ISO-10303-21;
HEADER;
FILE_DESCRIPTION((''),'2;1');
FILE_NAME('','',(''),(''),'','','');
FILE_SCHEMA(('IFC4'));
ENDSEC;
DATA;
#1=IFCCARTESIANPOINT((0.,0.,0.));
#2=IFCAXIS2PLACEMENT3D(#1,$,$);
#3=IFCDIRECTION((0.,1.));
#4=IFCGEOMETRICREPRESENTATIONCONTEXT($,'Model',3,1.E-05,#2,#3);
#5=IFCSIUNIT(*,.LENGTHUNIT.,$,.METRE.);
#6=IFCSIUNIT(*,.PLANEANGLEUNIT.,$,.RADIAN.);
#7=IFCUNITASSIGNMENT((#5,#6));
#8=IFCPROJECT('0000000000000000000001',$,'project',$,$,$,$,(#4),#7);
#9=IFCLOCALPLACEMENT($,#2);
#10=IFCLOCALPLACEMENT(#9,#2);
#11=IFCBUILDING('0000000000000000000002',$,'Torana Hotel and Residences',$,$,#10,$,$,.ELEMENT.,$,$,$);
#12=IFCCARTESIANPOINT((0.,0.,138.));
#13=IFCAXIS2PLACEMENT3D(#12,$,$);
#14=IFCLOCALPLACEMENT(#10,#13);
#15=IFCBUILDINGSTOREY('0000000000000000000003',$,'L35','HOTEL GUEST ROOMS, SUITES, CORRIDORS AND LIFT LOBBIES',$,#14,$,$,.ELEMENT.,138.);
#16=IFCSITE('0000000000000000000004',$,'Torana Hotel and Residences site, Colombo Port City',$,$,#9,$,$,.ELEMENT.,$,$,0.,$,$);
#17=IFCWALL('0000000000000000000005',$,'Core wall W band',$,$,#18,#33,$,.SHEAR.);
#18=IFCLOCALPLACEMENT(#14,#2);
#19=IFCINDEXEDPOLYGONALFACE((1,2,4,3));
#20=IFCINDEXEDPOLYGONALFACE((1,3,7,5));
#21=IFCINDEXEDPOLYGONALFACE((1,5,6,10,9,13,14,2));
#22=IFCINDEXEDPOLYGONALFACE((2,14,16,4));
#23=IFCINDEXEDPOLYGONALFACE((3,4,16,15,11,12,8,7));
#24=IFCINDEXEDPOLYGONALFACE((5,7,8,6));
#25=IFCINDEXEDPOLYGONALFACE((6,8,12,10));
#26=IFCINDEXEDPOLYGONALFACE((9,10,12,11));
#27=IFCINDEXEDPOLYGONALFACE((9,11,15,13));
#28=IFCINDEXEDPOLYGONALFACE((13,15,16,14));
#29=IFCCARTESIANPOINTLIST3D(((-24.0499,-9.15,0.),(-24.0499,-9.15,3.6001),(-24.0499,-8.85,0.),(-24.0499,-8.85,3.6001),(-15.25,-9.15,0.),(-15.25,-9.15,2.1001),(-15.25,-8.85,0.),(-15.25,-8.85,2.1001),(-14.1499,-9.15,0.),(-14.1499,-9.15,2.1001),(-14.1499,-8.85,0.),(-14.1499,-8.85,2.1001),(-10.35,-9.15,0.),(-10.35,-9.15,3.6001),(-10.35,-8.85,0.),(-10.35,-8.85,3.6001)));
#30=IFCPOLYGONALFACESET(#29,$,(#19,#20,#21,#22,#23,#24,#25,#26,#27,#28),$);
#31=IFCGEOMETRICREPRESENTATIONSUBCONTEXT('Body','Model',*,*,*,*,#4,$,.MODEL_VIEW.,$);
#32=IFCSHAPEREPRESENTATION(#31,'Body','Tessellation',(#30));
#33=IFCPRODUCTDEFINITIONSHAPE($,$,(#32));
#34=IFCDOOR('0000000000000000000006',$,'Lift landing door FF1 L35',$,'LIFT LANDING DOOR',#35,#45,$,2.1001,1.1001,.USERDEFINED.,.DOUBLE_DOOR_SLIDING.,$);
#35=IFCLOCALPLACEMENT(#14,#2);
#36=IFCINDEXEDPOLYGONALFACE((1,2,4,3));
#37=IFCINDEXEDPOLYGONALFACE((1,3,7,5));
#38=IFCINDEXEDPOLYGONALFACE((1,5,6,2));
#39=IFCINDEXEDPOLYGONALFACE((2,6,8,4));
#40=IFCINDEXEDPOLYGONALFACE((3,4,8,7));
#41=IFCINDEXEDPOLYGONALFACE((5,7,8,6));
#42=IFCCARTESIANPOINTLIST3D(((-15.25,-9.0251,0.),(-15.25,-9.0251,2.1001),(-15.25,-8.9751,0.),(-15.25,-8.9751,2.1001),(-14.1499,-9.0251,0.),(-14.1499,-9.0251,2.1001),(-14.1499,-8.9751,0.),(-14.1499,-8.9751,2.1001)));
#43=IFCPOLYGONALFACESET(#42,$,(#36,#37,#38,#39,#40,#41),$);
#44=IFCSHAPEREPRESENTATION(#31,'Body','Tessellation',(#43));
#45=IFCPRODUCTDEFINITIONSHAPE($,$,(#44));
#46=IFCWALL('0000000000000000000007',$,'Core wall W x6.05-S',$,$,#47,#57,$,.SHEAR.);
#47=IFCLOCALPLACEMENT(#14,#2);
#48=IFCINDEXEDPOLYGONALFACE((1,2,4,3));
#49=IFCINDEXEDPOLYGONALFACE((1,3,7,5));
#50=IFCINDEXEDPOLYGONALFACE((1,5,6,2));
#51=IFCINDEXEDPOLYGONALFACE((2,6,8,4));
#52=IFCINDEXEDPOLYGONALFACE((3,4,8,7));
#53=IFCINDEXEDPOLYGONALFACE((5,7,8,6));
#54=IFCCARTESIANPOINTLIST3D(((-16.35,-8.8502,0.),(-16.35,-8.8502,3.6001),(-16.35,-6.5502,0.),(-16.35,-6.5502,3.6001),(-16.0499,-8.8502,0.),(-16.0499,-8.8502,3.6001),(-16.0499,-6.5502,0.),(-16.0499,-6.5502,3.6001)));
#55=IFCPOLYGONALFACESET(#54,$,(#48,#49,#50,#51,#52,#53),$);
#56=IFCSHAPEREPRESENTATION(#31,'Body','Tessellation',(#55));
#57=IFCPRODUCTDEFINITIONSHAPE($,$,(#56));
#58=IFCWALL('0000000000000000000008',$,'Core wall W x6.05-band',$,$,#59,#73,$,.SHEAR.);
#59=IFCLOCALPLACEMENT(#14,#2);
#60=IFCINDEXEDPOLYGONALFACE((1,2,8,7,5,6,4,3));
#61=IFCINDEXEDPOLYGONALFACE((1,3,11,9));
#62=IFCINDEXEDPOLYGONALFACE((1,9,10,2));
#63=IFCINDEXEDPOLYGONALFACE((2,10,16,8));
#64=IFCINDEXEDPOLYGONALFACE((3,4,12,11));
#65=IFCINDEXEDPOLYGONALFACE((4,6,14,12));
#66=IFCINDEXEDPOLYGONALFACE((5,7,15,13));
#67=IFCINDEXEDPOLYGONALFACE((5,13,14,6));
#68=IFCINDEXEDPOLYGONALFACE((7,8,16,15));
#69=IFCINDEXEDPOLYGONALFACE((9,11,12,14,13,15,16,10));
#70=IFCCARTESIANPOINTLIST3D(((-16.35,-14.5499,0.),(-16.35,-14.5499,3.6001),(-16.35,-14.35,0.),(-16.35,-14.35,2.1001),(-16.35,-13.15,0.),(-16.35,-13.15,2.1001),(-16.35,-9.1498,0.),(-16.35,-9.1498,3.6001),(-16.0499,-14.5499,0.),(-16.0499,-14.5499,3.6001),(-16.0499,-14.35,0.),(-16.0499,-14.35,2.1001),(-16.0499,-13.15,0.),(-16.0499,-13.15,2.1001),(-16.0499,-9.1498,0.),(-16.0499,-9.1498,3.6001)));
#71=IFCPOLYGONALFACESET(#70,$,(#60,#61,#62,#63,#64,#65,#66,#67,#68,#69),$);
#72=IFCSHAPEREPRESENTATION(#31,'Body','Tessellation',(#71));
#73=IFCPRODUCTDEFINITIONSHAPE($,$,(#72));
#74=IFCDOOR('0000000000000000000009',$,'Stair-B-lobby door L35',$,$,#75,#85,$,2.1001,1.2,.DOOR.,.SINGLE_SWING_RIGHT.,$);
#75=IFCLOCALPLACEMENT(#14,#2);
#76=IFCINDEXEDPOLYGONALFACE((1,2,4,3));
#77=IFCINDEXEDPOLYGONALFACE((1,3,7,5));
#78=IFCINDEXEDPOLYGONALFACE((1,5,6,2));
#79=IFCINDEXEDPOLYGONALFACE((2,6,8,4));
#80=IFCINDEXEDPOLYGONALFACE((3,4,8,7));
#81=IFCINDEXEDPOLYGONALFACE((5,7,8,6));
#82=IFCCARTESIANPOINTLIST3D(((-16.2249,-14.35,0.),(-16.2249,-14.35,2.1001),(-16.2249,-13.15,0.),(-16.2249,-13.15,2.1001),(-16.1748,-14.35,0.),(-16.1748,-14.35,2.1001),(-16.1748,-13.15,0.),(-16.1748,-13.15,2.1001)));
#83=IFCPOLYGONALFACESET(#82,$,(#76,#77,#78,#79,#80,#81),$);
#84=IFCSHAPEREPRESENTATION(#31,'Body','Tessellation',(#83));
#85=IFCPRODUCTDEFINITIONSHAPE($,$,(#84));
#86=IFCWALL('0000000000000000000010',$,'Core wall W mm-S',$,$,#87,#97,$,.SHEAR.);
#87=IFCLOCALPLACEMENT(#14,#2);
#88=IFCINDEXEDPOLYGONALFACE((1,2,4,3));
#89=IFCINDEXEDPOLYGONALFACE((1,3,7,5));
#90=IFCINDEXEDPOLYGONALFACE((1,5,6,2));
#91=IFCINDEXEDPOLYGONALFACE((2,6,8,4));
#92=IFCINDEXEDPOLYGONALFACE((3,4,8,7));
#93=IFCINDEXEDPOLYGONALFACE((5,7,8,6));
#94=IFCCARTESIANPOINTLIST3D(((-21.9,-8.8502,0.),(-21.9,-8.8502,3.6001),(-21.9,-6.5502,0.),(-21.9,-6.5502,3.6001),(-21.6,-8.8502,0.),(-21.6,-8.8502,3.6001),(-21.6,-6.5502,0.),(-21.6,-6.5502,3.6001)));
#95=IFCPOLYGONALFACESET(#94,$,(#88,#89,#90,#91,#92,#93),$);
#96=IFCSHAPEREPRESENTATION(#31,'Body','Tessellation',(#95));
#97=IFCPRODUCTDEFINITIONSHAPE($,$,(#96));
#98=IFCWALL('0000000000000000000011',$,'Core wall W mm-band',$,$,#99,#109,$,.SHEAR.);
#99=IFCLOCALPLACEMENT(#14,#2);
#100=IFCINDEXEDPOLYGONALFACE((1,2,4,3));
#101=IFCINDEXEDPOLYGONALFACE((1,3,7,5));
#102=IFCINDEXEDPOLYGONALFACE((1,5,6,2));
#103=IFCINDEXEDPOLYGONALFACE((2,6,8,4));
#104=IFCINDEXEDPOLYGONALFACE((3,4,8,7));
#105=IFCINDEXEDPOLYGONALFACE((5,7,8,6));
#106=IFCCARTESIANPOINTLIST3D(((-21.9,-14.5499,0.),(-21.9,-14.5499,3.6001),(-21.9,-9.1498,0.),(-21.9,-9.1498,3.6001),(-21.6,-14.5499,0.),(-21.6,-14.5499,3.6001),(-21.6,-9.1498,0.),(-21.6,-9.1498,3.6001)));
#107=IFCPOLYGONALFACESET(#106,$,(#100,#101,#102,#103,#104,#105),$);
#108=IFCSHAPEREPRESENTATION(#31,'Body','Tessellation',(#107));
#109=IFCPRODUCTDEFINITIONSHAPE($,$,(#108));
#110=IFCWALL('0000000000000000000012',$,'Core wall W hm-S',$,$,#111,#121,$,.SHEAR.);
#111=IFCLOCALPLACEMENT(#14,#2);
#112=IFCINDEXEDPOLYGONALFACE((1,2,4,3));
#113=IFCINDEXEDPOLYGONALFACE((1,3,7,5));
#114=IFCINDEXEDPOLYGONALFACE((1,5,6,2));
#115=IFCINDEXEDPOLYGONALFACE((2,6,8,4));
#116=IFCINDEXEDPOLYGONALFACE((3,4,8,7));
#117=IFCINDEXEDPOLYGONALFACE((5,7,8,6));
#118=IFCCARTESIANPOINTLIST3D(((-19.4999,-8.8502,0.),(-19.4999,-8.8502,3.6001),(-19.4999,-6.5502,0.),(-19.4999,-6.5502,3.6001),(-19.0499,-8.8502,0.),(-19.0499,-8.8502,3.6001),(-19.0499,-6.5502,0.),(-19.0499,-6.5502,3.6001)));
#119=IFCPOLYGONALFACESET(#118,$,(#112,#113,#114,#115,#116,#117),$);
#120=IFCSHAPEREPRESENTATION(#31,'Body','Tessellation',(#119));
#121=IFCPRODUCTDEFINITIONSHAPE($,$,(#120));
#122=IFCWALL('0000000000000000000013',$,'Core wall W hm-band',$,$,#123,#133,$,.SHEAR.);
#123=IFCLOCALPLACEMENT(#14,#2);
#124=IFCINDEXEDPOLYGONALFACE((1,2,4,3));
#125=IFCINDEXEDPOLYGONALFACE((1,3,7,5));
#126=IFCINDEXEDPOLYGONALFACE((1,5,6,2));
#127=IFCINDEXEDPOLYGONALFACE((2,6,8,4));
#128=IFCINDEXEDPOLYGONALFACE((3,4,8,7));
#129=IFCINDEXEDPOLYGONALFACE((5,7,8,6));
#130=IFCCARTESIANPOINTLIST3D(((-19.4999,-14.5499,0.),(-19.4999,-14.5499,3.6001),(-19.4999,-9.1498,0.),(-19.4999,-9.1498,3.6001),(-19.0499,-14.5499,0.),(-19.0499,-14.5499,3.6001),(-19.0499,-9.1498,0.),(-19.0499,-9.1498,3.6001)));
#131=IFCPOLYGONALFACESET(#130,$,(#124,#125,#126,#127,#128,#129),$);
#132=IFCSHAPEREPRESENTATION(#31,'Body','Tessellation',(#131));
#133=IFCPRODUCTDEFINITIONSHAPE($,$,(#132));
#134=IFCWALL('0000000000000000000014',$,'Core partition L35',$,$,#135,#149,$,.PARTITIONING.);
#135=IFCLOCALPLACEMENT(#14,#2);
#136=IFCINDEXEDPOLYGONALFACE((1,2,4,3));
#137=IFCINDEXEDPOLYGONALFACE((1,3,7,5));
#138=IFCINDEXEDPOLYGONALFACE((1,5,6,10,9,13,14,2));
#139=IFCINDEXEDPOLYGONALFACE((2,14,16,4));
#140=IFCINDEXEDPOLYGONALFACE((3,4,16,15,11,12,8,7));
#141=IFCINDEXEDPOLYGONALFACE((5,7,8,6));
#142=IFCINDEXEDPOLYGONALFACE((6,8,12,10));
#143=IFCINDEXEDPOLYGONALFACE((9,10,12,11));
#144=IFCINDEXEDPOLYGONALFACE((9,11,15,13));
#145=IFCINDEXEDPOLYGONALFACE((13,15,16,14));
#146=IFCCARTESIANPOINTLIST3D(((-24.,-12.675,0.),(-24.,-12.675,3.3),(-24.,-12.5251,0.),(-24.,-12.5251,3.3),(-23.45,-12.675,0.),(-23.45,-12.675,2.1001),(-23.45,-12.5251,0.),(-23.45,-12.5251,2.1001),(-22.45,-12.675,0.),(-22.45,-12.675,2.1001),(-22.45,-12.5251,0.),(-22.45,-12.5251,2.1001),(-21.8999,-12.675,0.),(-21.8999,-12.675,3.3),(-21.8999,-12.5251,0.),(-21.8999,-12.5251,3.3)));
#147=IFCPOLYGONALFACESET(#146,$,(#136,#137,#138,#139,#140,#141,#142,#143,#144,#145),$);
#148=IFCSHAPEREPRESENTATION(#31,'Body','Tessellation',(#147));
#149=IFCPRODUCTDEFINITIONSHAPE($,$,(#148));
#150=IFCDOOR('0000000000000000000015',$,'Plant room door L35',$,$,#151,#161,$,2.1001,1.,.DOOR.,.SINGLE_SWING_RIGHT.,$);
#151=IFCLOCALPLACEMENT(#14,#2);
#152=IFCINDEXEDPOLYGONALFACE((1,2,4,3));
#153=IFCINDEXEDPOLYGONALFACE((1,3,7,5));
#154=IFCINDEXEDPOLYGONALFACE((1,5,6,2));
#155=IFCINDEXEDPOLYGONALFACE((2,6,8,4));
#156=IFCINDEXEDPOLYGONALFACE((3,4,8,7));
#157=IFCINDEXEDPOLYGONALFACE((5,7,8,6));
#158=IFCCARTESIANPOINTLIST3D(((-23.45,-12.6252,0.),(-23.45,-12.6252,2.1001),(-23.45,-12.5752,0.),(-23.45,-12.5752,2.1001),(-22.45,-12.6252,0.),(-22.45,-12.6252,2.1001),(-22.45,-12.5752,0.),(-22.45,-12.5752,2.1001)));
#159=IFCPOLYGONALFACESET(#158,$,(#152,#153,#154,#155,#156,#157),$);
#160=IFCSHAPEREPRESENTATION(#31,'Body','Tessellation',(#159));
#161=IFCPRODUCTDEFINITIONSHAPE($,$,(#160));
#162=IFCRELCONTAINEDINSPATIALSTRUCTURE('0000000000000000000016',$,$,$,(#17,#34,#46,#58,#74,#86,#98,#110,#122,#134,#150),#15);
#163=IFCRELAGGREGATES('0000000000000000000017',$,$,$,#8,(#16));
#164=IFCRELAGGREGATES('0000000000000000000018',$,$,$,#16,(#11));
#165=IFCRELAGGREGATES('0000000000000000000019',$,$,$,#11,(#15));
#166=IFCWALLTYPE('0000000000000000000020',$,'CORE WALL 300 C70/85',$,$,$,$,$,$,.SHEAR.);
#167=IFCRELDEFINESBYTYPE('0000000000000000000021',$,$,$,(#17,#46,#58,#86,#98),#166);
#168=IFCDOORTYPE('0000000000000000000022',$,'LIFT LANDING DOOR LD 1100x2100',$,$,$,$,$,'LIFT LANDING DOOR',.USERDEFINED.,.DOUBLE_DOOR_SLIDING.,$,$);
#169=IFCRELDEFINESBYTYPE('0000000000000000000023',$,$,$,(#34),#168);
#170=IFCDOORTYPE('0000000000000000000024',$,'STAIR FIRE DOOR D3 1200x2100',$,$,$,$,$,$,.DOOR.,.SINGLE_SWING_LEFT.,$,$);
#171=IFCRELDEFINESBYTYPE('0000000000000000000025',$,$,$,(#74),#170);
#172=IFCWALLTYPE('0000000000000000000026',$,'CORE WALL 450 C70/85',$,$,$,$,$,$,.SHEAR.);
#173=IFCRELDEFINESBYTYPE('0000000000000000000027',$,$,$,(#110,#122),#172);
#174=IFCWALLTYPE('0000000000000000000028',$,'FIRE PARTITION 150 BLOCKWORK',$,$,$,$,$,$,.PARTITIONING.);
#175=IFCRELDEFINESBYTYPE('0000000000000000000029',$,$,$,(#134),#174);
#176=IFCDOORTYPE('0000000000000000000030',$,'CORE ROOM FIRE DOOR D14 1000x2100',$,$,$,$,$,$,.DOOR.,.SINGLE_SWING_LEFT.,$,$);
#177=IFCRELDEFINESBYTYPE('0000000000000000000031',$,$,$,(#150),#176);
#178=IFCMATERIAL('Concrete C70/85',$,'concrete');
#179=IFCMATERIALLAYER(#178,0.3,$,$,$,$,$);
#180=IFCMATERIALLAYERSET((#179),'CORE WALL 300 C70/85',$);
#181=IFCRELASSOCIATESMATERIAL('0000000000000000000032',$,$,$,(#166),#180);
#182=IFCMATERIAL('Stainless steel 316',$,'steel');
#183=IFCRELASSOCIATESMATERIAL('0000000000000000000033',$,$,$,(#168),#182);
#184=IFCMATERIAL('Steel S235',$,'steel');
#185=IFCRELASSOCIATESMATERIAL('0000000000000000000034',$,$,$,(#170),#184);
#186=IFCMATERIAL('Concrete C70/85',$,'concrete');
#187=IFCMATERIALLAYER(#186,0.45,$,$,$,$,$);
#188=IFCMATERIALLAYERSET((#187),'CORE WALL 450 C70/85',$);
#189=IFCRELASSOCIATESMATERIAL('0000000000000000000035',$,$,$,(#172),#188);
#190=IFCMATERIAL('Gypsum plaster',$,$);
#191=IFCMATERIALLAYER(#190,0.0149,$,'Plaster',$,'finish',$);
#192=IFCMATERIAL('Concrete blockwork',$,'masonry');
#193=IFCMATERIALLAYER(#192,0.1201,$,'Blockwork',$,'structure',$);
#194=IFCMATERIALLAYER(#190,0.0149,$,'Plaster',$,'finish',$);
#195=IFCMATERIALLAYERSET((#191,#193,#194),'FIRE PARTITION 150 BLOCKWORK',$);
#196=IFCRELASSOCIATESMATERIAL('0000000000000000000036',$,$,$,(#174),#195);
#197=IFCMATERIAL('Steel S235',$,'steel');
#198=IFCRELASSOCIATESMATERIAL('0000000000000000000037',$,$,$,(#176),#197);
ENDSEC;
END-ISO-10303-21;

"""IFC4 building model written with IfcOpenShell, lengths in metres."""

from ifc_helpers import new_model, si_unit, direction, frame, frame_2d, origin, place, context, subcontext, project, spatial, rectangle, extrude, material, layer, layer_set, type_object, element, fill, save


model = new_model("IFC4")

# Units and contexts
model_context = context("Model", 3, precision=1e-05, world=origin(), true_north=direction((0.0, 1.0)))
body_context = subcontext(model_context, "Body", "Model", "MODEL_VIEW")
ifc_project = project(units=[si_unit("LENGTHUNIT", "METRE"), si_unit("PLANEANGLEUNIT", "RADIAN")], contexts=[model_context])

# Site, building, storey
site_placement = place(None, origin())
site = spatial("IfcSite", under=ifc_project, at=site_placement, Name="Torana Hotel and Residences site, Colombo Port City", CompositionType="ELEMENT", RefElevation=0.0)
building_placement = place(site_placement, origin())
building = spatial("IfcBuilding", under=site, at=building_placement, Name="Torana Hotel and Residences", CompositionType="ELEMENT")
storey_placement = place(building_placement, frame((0.0, 0.0, 138.0)))
storey = spatial("IfcBuildingStorey", under=building, at=storey_placement, Name="L35", Description="HOTEL GUEST ROOMS, SUITES, CORRIDORS AND LIFT LOBBIES", CompositionType="ELEMENT", Elevation=138.0)

# Wall, opening, door
ifc_material_1 = material(Name="Concrete C70/85", Category="concrete")
ifc_layer_1 = layer(ifc_material_1, 0.3)
ifc_layer_set_1 = layer_set([ifc_layer_1], Name="CORE WALL 300 C70/85")
wall_type_1 = type_object("IfcWallType", Name="CORE WALL 300 C70/85", PredefinedType="SHEAR", material=ifc_layer_set_1)
wall_1_placement = place(storey_placement, frame((-24.05, -9.0, 0.0), z_axis=(0.0, 0.0, 1.0), x_axis=(1.0, 0.0, 0.0)))
wall_1 = element("IfcWall", 1, at=wall_1_placement, inside=storey, type_object=wall_type_1, Name="Core wall W band", PredefinedType="SHEAR", context=body_context, shape_type="SweptSolid", body=[
    extrude(rectangle(XDim=13.7, YDim=0.3, at=frame_2d((6.8501, 0.0))), origin(), (0.0, 0.0, 1.0), 3.6001),
])
opening_1_placement = place(wall_1_placement, frame((8.8, 0.0, 0.0)))
opening_1 = element("IfcOpeningElement", 2, at=opening_1_placement, cuts=wall_1, PredefinedType="OPENING", context=body_context, shape_type="SweptSolid", body=[
    extrude(rectangle(XDim=1.1001, YDim=2.1001, at=frame_2d((0.55, 1.05))), frame((0.0, 0.1599, 0.0), z_axis=(0.0, -1.0, 0.0), x_axis=(1.0, 0.0, 0.0)), (0.0, 0.0, 1.0), 0.3201),
])
ifc_material_2 = material(Name="Stainless steel 316", Category="steel")
door_type_1 = type_object("IfcDoorType", Name="LIFT LANDING DOOR LD 1100x2100", ElementType="LIFT LANDING DOOR", OperationType="DOUBLE_DOOR_SLIDING", PredefinedType="USERDEFINED", material=ifc_material_2)
door_1_placement = place(opening_1_placement, origin())
door_1 = element("IfcDoor", 3, at=door_1_placement, inside=storey, type_object=door_type_1, Name="Lift landing door FF1 L35", ObjectType="LIFT LANDING DOOR", OperationType="DOUBLE_DOOR_SLIDING", OverallHeight=2.1001, OverallWidth=1.1001, PredefinedType="USERDEFINED", context=body_context, shape_type="SweptSolid", body=[
    extrude(rectangle(XDim=1.1001, YDim=2.1001, at=frame_2d((0.55, 1.05))), frame((0.0, 0.0249, 0.0), z_axis=(0.0, -1.0, 0.0), x_axis=(1.0, 0.0, 0.0)), (0.0, 0.0, 1.0), 0.05),
])
fill(opening_1, door_1)

# Wall
wall_2_placement = place(storey_placement, frame((-16.2, -8.8501, 0.0), z_axis=(0.0, 0.0, 1.0), x_axis=(0.0, 1.0, 0.0)))
element("IfcWall", 4, at=wall_2_placement, inside=storey, type_object=wall_type_1, Name="Core wall W x6.05-S", PredefinedType="SHEAR", context=body_context, shape_type="SweptSolid", body=[
    extrude(rectangle(XDim=2.3, YDim=0.3, at=frame_2d((1.1499, 0.0))), origin(), (0.0, 0.0, 1.0), 3.6001),
])

# Wall, opening, door
wall_3_placement = place(storey_placement, frame((-16.2, -14.55, 0.0), z_axis=(0.0, 0.0, 1.0), x_axis=(0.0, 1.0, 0.0)))
wall_3 = element("IfcWall", 5, at=wall_3_placement, inside=storey, type_object=wall_type_1, Name="Core wall W x6.05-band", PredefinedType="SHEAR", context=body_context, shape_type="SweptSolid", body=[
    extrude(rectangle(XDim=5.4001, YDim=0.3, at=frame_2d((2.7002, 0.0))), origin(), (0.0, 0.0, 1.0), 3.6001),
])
opening_2_placement = place(wall_3_placement, frame((0.2, 0.0, 0.0)))
opening_2 = element("IfcOpeningElement", 6, at=opening_2_placement, cuts=wall_3, PredefinedType="OPENING", context=body_context, shape_type="SweptSolid", body=[
    extrude(rectangle(XDim=1.2, YDim=2.1001, at=frame_2d((0.6001, 1.05))), frame((0.0, 0.1599, 0.0), z_axis=(0.0, -1.0, 0.0), x_axis=(1.0, 0.0, 0.0)), (0.0, 0.0, 1.0), 0.3201),
])
ifc_material_3 = material(Name="Steel S235", Category="steel")
door_type_2 = type_object("IfcDoorType", Name="STAIR FIRE DOOR D3 1200x2100", OperationType="SINGLE_SWING_LEFT", PredefinedType="DOOR", material=ifc_material_3)
door_2_placement = place(opening_2_placement, origin())
door_2 = element("IfcDoor", 7, at=door_2_placement, inside=storey, type_object=door_type_2, Name="Stair-B-lobby door L35", OperationType="SINGLE_SWING_RIGHT", OverallHeight=2.1001, OverallWidth=1.2, PredefinedType="DOOR", context=body_context, shape_type="SweptSolid", body=[
    extrude(rectangle(XDim=1.2, YDim=2.1001, at=frame_2d((0.6001, 1.05))), frame((0.0, 0.0249, 0.0), z_axis=(0.0, -1.0, 0.0), x_axis=(1.0, 0.0, 0.0)), (0.0, 0.0, 1.0), 0.05),
])
fill(opening_2, door_2)

# Walls
wall_4_placement = place(storey_placement, frame((-21.75, -8.8501, 0.0), z_axis=(0.0, 0.0, 1.0), x_axis=(0.0, 1.0, 0.0)))
element("IfcWall", 8, at=wall_4_placement, inside=storey, type_object=wall_type_1, Name="Core wall W mm-S", PredefinedType="SHEAR", context=body_context, shape_type="SweptSolid", body=[
    extrude(rectangle(XDim=2.3, YDim=0.3, at=frame_2d((1.1499, 0.0))), origin(), (0.0, 0.0, 1.0), 3.6001),
])
wall_5_placement = place(storey_placement, frame((-21.75, -14.55, 0.0), z_axis=(0.0, 0.0, 1.0), x_axis=(0.0, 1.0, 0.0)))
element("IfcWall", 9, at=wall_5_placement, inside=storey, type_object=wall_type_1, Name="Core wall W mm-band", PredefinedType="SHEAR", context=body_context, shape_type="SweptSolid", body=[
    extrude(rectangle(XDim=5.4001, YDim=0.3, at=frame_2d((2.7002, 0.0))), origin(), (0.0, 0.0, 1.0), 3.6001),
])
ifc_material_4 = material(Name="Concrete C70/85", Category="concrete")
ifc_layer_2 = layer(ifc_material_4, 0.45)
ifc_layer_set_2 = layer_set([ifc_layer_2], Name="CORE WALL 450 C70/85")
wall_type_2 = type_object("IfcWallType", Name="CORE WALL 450 C70/85", PredefinedType="SHEAR", material=ifc_layer_set_2)
wall_6_placement = place(storey_placement, frame((-19.2749, -8.8501, 0.0), z_axis=(0.0, 0.0, 1.0), x_axis=(0.0, 1.0, 0.0)))
element("IfcWall", 10, at=wall_6_placement, inside=storey, type_object=wall_type_2, Name="Core wall W hm-S", PredefinedType="SHEAR", context=body_context, shape_type="SweptSolid", body=[
    extrude(rectangle(XDim=2.3, YDim=0.45, at=frame_2d((1.1499, 0.0))), origin(), (0.0, 0.0, 1.0), 3.6001),
])
wall_7_placement = place(storey_placement, frame((-19.2749, -14.55, 0.0), z_axis=(0.0, 0.0, 1.0), x_axis=(0.0, 1.0, 0.0)))
element("IfcWall", 11, at=wall_7_placement, inside=storey, type_object=wall_type_2, Name="Core wall W hm-band", PredefinedType="SHEAR", context=body_context, shape_type="SweptSolid", body=[
    extrude(rectangle(XDim=5.4001, YDim=0.45, at=frame_2d((2.7002, 0.0))), origin(), (0.0, 0.0, 1.0), 3.6001),
])

# Wall, opening, door
ifc_material_5 = material(Name="Gypsum plaster")
ifc_layer_3 = layer(ifc_material_5, 0.0149, Name="Plaster", Category="finish")
ifc_material_6 = material(Name="Concrete blockwork", Category="masonry")
ifc_layer_4 = layer(ifc_material_6, 0.1201, Name="Blockwork", Category="structure")
ifc_layer_5 = layer(ifc_material_5, 0.0149, Name="Plaster", Category="finish")
ifc_layer_set_3 = layer_set([ifc_layer_3, ifc_layer_4, ifc_layer_5], Name="FIRE PARTITION 150 BLOCKWORK")
wall_type_3 = type_object("IfcWallType", Name="FIRE PARTITION 150 BLOCKWORK", PredefinedType="PARTITIONING", material=ifc_layer_set_3)
wall_8_placement = place(storey_placement, frame((-24.0, -12.6001, 0.0), z_axis=(0.0, 0.0, 1.0), x_axis=(1.0, 0.0, 0.0)))
wall_8 = element("IfcWall", 12, at=wall_8_placement, inside=storey, type_object=wall_type_3, Name="Core partition L35", PredefinedType="PARTITIONING", context=body_context, shape_type="SweptSolid", body=[
    extrude(rectangle(XDim=2.1001, YDim=0.1499, at=frame_2d((1.05, 0.0))), origin(), (0.0, 0.0, 1.0), 3.3),
])
opening_3_placement = place(wall_8_placement, frame((0.55, 0.0, 0.0)))
opening_3 = element("IfcOpeningElement", 13, at=opening_3_placement, cuts=wall_8, PredefinedType="OPENING", context=body_context, shape_type="SweptSolid", body=[
    extrude(rectangle(XDim=1.0, YDim=2.1001, at=frame_2d((0.5, 1.05))), frame((0.0, 0.085, 0.0), z_axis=(0.0, -1.0, 0.0), x_axis=(1.0, 0.0, 0.0)), (0.0, 0.0, 1.0), 0.1699),
])
ifc_material_7 = material(Name="Steel S235", Category="steel")
door_type_3 = type_object("IfcDoorType", Name="CORE ROOM FIRE DOOR D14 1000x2100", OperationType="SINGLE_SWING_LEFT", PredefinedType="DOOR", material=ifc_material_7)
door_3_placement = place(opening_3_placement, origin())
door_3 = element("IfcDoor", 14, at=door_3_placement, inside=storey, type_object=door_type_3, Name="Plant room door L35", OperationType="SINGLE_SWING_RIGHT", OverallHeight=2.1001, OverallWidth=1.0, PredefinedType="DOOR", context=body_context, shape_type="SweptSolid", body=[
    extrude(rectangle(XDim=1.0, YDim=2.1001, at=frame_2d((0.5, 1.05))), frame((0.0, 0.0249, 0.0), z_axis=(0.0, -1.0, 0.0), x_axis=(1.0, 0.0, 0.0)), (0.0, 0.0, 1.0), 0.05),
])
fill(opening_3, door_3)

save(model, "model.ifc")
